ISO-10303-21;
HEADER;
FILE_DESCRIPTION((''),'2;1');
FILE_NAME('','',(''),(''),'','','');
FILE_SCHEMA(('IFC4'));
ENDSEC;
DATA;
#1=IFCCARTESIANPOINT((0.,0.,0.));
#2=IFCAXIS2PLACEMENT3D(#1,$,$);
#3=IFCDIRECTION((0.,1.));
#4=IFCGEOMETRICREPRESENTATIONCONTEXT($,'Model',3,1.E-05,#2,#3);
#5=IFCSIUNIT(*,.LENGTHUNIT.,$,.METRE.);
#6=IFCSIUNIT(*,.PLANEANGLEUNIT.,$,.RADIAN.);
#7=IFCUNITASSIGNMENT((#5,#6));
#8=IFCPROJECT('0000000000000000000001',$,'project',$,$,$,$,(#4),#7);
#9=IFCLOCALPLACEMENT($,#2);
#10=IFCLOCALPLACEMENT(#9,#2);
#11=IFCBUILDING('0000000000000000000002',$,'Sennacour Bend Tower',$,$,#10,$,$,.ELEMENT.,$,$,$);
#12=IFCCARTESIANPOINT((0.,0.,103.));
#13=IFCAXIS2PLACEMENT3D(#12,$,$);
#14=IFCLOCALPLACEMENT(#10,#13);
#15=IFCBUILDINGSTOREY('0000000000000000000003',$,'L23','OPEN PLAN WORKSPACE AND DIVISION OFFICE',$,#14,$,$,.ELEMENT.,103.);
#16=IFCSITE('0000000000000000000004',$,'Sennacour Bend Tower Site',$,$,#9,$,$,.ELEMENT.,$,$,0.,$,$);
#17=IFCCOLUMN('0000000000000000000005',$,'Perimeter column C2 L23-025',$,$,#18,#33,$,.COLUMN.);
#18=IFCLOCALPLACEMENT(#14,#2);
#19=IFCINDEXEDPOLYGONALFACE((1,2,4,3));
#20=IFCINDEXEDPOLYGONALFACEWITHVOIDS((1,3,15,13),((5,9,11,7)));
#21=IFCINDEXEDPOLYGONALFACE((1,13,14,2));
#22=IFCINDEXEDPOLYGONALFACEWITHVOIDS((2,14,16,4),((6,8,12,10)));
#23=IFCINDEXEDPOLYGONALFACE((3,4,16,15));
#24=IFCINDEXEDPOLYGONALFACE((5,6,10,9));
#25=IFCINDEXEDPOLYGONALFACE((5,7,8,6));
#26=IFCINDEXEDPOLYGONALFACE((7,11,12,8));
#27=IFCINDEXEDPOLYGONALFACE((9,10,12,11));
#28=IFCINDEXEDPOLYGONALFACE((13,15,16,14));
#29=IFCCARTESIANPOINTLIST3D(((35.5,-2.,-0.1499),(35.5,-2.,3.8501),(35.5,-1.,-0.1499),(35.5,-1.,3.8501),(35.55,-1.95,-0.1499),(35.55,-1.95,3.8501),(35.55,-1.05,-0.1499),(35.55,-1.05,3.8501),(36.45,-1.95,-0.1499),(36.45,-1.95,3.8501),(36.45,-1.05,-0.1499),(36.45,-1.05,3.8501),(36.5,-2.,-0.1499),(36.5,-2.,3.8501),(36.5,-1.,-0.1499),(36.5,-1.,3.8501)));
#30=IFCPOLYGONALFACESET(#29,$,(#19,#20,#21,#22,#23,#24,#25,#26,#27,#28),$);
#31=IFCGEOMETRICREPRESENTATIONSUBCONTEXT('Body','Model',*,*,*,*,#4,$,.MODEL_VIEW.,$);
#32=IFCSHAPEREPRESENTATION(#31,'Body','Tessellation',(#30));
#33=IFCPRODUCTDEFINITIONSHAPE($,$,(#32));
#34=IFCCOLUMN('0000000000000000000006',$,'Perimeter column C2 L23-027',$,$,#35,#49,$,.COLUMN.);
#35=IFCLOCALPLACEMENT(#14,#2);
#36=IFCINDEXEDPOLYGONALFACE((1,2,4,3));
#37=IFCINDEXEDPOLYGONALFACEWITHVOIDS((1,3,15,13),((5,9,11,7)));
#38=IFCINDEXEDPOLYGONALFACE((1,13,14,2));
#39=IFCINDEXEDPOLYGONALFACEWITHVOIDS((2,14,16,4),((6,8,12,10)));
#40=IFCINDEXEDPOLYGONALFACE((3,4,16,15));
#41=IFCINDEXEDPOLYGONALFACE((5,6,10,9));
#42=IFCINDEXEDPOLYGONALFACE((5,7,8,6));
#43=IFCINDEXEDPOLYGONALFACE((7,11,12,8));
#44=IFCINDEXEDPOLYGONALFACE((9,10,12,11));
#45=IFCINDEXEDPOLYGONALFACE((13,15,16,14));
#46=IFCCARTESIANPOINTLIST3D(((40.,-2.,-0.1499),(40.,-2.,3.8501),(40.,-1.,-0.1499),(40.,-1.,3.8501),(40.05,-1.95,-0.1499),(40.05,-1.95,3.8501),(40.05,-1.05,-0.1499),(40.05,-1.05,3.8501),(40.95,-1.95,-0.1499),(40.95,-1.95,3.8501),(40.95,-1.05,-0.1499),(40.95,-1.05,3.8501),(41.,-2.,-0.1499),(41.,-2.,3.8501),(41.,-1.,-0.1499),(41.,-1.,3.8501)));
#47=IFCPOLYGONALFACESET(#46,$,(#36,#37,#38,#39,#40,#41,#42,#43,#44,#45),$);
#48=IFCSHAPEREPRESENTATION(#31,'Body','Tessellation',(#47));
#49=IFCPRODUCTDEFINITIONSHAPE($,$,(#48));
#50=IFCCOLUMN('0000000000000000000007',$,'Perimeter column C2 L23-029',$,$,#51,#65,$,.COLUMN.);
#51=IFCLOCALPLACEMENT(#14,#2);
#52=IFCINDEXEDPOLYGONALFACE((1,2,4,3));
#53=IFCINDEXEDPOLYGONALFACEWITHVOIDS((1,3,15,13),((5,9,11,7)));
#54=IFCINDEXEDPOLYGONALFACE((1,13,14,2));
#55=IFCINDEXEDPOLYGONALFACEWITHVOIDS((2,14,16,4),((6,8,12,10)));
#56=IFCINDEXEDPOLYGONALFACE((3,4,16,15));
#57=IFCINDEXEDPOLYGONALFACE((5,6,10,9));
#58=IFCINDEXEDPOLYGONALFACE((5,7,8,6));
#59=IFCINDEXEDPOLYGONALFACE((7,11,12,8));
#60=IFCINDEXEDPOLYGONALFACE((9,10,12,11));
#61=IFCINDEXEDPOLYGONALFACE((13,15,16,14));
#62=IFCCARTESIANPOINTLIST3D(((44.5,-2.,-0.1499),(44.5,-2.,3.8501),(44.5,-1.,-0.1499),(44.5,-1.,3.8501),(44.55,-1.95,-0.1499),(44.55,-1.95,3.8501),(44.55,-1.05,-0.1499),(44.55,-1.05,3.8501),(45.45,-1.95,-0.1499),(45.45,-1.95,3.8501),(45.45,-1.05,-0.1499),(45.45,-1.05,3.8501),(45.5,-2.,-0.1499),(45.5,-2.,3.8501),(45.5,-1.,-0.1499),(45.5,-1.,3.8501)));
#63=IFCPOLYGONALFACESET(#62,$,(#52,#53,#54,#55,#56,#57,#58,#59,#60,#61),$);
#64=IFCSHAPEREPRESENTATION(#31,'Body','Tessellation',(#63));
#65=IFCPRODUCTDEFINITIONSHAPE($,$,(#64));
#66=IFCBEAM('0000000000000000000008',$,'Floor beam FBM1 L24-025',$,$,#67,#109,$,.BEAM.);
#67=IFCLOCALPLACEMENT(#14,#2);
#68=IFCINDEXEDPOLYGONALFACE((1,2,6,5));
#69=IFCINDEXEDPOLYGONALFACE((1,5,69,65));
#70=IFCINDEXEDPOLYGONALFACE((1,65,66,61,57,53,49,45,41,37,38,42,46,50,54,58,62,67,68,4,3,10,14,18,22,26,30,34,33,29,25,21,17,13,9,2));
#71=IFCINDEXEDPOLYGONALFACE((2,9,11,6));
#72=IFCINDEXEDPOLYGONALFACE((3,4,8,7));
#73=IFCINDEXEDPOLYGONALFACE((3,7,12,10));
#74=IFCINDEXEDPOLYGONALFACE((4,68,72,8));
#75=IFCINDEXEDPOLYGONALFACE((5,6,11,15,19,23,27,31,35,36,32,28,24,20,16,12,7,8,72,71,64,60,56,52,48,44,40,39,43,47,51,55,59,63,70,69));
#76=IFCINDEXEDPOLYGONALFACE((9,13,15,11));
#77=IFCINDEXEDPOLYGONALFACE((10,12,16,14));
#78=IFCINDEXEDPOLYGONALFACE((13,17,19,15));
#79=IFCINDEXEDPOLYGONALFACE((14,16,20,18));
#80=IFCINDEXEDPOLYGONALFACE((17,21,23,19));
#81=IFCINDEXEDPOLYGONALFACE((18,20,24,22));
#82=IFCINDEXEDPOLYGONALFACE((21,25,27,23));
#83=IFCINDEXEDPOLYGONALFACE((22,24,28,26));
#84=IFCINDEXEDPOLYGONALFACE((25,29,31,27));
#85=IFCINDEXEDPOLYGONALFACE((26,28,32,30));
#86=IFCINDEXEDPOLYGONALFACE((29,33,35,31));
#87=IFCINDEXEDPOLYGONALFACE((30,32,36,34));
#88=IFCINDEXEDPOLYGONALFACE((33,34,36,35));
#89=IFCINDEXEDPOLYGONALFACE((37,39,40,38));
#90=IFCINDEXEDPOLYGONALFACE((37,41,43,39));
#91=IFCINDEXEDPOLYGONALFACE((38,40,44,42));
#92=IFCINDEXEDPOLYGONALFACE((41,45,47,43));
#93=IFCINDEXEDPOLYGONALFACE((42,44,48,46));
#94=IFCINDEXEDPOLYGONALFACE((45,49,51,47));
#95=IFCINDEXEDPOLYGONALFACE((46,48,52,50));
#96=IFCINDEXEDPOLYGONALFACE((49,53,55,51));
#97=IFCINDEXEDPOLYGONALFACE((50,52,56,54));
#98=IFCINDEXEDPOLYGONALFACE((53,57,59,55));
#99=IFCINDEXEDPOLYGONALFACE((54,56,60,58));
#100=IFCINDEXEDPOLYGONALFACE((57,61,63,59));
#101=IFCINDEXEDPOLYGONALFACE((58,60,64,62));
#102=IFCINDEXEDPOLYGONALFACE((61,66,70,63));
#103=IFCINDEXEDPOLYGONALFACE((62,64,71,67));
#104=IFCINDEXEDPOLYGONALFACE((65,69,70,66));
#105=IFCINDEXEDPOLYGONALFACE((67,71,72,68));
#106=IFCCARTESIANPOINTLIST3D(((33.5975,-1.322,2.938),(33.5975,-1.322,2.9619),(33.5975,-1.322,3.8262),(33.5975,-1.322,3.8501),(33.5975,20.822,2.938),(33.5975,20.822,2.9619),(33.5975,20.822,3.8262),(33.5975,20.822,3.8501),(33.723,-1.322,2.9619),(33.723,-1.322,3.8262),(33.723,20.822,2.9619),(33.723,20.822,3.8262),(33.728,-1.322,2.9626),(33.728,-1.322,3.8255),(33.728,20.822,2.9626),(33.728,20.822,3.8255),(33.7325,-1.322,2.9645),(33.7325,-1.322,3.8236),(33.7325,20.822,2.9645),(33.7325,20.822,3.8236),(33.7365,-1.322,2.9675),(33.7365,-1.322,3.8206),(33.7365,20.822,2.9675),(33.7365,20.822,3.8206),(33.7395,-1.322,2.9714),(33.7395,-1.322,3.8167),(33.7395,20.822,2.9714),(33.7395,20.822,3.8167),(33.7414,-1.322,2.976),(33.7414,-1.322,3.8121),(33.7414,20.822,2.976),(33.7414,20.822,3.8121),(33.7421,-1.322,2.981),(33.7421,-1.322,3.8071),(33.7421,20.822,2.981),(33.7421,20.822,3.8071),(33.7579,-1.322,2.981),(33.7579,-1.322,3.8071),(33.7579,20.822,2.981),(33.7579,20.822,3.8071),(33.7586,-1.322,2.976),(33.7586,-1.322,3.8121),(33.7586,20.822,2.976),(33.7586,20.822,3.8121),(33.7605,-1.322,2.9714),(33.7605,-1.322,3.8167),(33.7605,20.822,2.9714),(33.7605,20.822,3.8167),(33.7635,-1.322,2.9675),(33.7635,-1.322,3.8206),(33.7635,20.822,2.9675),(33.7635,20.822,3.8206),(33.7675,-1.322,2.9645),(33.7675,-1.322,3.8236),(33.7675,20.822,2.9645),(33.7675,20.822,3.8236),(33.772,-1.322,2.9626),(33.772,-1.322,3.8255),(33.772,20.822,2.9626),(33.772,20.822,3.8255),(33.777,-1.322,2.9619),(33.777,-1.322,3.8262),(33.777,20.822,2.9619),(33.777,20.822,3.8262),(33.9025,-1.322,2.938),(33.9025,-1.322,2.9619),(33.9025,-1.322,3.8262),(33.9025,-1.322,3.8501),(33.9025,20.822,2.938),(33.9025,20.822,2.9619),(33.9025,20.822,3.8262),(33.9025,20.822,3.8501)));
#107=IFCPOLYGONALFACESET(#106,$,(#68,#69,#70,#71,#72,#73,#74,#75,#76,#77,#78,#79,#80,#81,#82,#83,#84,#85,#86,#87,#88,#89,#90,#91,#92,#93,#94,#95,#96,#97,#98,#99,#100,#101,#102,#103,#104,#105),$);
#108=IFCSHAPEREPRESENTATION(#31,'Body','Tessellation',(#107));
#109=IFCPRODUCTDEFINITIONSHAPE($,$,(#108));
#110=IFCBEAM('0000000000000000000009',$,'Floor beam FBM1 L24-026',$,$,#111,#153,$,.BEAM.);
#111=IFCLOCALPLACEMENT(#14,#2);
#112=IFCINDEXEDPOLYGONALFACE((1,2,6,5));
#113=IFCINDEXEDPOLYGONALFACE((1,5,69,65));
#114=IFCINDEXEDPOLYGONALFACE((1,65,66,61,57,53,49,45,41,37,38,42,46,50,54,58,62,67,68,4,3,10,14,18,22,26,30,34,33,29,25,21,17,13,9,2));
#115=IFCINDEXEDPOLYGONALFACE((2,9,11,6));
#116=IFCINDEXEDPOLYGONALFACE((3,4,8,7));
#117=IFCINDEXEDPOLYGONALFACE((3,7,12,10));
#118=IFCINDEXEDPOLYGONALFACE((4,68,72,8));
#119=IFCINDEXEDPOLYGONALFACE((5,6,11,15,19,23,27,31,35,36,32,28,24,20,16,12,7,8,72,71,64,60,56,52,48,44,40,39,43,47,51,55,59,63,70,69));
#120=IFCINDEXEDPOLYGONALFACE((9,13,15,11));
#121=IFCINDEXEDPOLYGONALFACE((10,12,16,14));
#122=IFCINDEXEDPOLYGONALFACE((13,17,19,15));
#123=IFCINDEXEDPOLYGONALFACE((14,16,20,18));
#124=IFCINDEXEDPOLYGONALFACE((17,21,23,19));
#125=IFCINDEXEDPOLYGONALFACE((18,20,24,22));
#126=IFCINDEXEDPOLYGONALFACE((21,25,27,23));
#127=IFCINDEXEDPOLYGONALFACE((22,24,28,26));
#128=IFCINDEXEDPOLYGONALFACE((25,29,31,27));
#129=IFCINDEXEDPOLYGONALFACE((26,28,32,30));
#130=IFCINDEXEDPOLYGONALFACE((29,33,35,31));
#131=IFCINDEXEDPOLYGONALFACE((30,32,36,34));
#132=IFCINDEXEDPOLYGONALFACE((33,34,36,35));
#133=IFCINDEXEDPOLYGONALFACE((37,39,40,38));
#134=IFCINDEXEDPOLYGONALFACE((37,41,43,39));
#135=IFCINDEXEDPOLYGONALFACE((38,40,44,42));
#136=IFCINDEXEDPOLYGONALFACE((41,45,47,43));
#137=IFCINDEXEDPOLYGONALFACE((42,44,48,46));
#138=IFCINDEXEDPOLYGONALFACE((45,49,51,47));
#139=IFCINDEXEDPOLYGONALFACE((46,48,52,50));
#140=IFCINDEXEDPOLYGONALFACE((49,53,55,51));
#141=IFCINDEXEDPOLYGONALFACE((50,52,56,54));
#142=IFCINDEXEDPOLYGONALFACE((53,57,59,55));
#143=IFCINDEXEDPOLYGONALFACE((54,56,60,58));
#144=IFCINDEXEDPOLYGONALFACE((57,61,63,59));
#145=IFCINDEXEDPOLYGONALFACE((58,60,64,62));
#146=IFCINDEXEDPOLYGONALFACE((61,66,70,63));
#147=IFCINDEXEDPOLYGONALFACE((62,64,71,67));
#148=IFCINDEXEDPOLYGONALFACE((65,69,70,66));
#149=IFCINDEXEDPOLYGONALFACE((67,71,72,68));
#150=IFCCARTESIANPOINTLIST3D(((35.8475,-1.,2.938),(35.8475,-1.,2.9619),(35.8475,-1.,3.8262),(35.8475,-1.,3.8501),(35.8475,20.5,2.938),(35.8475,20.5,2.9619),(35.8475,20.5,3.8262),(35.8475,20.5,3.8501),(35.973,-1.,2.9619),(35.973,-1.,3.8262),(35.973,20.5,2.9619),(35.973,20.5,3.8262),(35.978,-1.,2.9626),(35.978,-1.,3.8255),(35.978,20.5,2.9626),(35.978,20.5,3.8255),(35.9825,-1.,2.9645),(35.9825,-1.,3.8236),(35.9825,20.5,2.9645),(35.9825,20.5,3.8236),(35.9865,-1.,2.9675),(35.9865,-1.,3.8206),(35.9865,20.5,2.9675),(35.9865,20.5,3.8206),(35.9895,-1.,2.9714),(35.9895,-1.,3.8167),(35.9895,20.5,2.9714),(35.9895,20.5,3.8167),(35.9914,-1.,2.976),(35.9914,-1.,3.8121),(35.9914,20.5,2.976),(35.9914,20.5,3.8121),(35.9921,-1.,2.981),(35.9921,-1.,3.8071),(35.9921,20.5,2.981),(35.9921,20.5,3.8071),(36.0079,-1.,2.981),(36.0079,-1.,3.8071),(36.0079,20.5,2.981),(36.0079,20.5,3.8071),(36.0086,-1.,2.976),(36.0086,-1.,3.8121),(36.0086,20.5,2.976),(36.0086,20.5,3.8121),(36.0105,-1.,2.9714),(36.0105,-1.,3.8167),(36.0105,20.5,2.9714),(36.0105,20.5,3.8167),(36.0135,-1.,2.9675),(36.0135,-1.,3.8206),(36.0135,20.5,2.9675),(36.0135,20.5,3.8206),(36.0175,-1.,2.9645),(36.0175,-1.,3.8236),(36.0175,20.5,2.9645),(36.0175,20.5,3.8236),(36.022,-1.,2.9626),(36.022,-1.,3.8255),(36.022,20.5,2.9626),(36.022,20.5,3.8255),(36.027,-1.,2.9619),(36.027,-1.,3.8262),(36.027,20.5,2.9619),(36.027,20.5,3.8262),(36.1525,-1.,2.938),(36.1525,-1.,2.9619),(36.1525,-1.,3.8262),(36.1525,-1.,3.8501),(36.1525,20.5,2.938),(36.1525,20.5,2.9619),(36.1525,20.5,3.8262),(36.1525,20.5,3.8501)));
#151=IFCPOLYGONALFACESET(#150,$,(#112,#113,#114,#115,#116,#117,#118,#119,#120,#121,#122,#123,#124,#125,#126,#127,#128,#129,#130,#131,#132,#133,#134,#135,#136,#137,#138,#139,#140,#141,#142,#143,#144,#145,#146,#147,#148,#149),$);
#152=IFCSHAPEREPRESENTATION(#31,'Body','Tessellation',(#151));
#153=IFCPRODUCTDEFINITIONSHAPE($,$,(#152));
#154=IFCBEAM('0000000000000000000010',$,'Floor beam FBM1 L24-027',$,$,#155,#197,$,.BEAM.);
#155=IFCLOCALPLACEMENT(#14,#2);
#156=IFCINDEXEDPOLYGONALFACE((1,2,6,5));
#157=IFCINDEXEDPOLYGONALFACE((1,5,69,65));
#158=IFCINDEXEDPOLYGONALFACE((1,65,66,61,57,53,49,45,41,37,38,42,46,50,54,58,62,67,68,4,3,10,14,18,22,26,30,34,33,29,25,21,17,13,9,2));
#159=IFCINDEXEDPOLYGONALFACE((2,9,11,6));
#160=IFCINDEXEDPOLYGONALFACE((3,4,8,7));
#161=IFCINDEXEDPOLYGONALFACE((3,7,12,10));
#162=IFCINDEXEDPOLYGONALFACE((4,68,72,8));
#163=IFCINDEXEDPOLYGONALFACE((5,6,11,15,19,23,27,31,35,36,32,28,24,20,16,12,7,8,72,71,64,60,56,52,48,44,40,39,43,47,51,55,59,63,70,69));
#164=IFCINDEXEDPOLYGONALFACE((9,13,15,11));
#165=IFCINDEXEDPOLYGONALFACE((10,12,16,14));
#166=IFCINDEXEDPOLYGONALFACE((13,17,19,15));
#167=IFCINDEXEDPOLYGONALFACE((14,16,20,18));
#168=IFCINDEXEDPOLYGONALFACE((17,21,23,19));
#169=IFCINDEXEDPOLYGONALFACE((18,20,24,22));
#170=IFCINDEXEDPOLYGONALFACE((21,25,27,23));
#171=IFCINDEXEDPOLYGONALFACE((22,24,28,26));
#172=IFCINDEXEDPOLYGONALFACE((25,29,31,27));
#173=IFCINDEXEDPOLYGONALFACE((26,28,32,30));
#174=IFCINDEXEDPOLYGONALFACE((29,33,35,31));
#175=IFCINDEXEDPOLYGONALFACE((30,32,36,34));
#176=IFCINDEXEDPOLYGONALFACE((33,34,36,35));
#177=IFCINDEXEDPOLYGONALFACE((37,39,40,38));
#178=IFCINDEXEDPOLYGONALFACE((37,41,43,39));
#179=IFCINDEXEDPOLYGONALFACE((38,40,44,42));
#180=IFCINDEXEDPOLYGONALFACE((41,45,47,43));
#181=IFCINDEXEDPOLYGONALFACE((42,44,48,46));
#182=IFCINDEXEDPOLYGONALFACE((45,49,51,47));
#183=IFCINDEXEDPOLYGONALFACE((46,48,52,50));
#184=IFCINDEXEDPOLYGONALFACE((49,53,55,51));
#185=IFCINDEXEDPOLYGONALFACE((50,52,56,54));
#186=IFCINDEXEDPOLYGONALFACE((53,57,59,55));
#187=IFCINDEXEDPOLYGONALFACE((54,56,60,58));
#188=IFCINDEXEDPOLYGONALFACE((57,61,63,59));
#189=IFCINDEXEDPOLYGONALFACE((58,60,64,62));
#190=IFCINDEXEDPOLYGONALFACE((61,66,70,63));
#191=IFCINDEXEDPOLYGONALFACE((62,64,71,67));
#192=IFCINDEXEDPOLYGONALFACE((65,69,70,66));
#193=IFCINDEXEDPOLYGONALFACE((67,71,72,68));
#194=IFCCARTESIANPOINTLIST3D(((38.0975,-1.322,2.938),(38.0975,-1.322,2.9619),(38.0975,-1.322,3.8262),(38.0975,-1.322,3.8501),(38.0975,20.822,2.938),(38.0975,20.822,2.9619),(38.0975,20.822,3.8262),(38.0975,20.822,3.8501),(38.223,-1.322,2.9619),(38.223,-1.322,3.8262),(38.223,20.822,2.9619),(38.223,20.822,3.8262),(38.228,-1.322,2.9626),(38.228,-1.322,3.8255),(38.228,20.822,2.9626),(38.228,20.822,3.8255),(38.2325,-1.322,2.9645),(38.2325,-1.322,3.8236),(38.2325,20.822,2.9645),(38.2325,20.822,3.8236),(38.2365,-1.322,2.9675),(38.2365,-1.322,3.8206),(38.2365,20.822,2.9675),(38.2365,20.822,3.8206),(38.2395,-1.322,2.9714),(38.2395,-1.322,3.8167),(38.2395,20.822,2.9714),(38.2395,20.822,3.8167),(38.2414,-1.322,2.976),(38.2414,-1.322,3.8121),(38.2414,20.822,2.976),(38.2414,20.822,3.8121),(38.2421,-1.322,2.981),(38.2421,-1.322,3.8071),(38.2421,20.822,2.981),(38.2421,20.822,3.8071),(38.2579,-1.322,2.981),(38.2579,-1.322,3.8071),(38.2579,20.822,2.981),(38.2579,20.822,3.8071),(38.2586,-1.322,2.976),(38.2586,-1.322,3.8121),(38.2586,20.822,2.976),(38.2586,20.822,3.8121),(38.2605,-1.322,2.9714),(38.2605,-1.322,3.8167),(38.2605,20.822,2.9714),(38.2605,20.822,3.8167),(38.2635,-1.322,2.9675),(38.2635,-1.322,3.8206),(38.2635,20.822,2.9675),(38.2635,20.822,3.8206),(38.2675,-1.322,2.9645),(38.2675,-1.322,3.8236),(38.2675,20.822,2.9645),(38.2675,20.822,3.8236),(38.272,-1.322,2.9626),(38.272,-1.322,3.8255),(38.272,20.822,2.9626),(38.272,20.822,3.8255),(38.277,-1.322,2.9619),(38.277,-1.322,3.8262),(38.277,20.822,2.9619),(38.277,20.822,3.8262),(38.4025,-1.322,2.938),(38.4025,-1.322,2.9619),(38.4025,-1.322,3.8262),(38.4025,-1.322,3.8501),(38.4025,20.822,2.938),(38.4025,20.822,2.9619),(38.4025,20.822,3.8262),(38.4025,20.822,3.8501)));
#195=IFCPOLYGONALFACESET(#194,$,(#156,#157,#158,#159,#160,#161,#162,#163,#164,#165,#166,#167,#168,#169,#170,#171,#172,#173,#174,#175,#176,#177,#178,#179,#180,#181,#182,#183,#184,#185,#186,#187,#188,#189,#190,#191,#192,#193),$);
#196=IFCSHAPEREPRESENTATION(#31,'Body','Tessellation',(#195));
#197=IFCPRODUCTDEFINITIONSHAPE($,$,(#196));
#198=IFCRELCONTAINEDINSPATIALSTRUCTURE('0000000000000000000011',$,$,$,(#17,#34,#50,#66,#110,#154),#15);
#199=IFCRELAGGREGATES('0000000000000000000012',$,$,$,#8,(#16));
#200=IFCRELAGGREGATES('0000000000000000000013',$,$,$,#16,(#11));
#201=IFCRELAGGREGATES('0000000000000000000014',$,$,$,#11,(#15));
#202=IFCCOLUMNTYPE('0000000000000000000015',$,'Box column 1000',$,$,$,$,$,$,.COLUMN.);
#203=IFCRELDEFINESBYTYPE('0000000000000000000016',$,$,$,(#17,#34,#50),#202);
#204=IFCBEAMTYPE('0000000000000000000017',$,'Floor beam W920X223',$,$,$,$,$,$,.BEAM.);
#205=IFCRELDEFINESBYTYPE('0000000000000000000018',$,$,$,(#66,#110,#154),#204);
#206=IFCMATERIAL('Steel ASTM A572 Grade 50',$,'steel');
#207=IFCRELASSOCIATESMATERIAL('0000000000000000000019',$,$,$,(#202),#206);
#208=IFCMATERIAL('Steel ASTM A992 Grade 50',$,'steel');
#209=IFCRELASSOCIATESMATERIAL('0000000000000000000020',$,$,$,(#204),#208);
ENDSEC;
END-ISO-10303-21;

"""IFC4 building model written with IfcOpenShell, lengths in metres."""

from ifc_helpers import new_model, si_unit, direction, frame, origin, origin_2d, place, context, subcontext, project, spatial, hollow_rectangle, i_section, extrude, material, material_profile, profile_set, type_object, element, save


model = new_model("IFC4")

# Units and contexts
model_context = context("Model", 3, precision=1e-05, world=origin(), true_north=direction((0.0, 1.0)))
body_context = subcontext(model_context, "Body", "Model", "MODEL_VIEW")
ifc_project = project(units=[si_unit("LENGTHUNIT", "METRE"), si_unit("PLANEANGLEUNIT", "RADIAN")], contexts=[model_context])

# Site, building, storey
site_placement = place(None, origin())
site = spatial("IfcSite", under=ifc_project, at=site_placement, Name="Sennacour Bend Tower Site", CompositionType="ELEMENT", RefElevation=0.0)
building_placement = place(site_placement, origin())
building = spatial("IfcBuilding", under=site, at=building_placement, Name="Sennacour Bend Tower", CompositionType="ELEMENT")
storey_placement = place(building_placement, frame((0.0, 0.0, 103.0)))
storey = spatial("IfcBuildingStorey", under=building, at=storey_placement, Name="L23", Description="OPEN PLAN WORKSPACE AND DIVISION OFFICE", CompositionType="ELEMENT", Elevation=103.0)

# Columns
ifc_material_1 = material(Name="Steel ASTM A572 Grade 50", Category="steel")
ifc_material_profile_1 = material_profile(ifc_material_1, hollow_rectangle(XDim=1.0, YDim=1.0, WallThickness=0.05, at=origin_2d()), Name="Steel ASTM A572 Grade 50", Category="steel")
ifc_profile_set_1 = profile_set([ifc_material_profile_1], Name="Steel ASTM A572 Grade 50")
column_type = type_object("IfcColumnType", Name="Box column 1000", PredefinedType="COLUMN", material=ifc_profile_set_1)
for number, where, z_axis, x_axis, name in (
    (1, (36.0, -1.5, -0.1499), (0.0, 0.0, 1.0), (1.0, 0.0, 0.0), "Perimeter column C2 L23-025"),
    (2, (40.5, -1.5, -0.1499), (0.0, 0.0, 1.0), (1.0, 0.0, 0.0), "Perimeter column C2 L23-027"),
    (3, (45.0, -1.5, -0.1499), (0.0, 0.0, 1.0), (1.0, 0.0, 0.0), "Perimeter column C2 L23-029"),
):
    element("IfcColumn", number, at=place(storey_placement, frame(where, z_axis=z_axis, x_axis=x_axis)), inside=storey, type_object=column_type, Name=name, PredefinedType="COLUMN", context=body_context, shape_type="SweptSolid", body=[
        extrude(hollow_rectangle(XDim=1.0, YDim=1.0, WallThickness=0.05, at=origin_2d()), origin(), (0.0, 0.0, 1.0), 4.0),
    ])

# Beams
ifc_material_2 = material(Name="Steel ASTM A992 Grade 50", Category="steel")
ifc_material_profile_2 = material_profile(ifc_material_2, i_section(OverallWidth=0.3049, OverallDepth=0.9121, WebThickness=0.0159, FlangeThickness=0.0239, FilletRadius=0.019, at=origin_2d()), Name="Steel ASTM A992 Grade 50", Category="steel")
ifc_profile_set_2 = profile_set([ifc_material_profile_2], Name="Steel ASTM A992 Grade 50")
beam_type_1 = type_object("IfcBeamType", Name="Floor beam W920X223", PredefinedType="BEAM", material=ifc_profile_set_2)
beam_1_placement = place(storey_placement, frame((33.75, -1.322, 3.394), z_axis=(0.0, 1.0, 0.0), x_axis=(-1.0, 0.0, 0.0)))
element("IfcBeam", 4, at=beam_1_placement, inside=storey, type_object=beam_type_1, Name="Floor beam FBM1 L24-025", PredefinedType="BEAM", context=body_context, shape_type="SweptSolid", body=[
    extrude(i_section(OverallWidth=0.3049, OverallDepth=0.9121, WebThickness=0.0159, FlangeThickness=0.0239, FilletRadius=0.019, at=origin_2d()), origin(), (0.0, 0.0, 1.0), 22.144),
])
beam_2_placement = place(storey_placement, frame((36.0, -1.0, 3.394), z_axis=(0.0, 1.0, 0.0), x_axis=(-1.0, 0.0, 0.0)))
element("IfcBeam", 5, at=beam_2_placement, inside=storey, type_object=beam_type_1, Name="Floor beam FBM1 L24-026", PredefinedType="BEAM", context=body_context, shape_type="SweptSolid", body=[
    extrude(i_section(OverallWidth=0.3049, OverallDepth=0.9121, WebThickness=0.0159, FlangeThickness=0.0239, FilletRadius=0.019, at=origin_2d()), origin(), (0.0, 0.0, 1.0), 21.5),
])
beam_3_placement = place(storey_placement, frame((38.25, -1.322, 3.394), z_axis=(0.0, 1.0, 0.0), x_axis=(-1.0, 0.0, 0.0)))
element("IfcBeam", 6, at=beam_3_placement, inside=storey, type_object=beam_type_1, Name="Floor beam FBM1 L24-027", PredefinedType="BEAM", context=body_context, shape_type="SweptSolid", body=[
    extrude(i_section(OverallWidth=0.3049, OverallDepth=0.9121, WebThickness=0.0159, FlangeThickness=0.0239, FilletRadius=0.019, at=origin_2d()), origin(), (0.0, 0.0, 1.0), 22.144),
])

save(model, "model.ifc")
